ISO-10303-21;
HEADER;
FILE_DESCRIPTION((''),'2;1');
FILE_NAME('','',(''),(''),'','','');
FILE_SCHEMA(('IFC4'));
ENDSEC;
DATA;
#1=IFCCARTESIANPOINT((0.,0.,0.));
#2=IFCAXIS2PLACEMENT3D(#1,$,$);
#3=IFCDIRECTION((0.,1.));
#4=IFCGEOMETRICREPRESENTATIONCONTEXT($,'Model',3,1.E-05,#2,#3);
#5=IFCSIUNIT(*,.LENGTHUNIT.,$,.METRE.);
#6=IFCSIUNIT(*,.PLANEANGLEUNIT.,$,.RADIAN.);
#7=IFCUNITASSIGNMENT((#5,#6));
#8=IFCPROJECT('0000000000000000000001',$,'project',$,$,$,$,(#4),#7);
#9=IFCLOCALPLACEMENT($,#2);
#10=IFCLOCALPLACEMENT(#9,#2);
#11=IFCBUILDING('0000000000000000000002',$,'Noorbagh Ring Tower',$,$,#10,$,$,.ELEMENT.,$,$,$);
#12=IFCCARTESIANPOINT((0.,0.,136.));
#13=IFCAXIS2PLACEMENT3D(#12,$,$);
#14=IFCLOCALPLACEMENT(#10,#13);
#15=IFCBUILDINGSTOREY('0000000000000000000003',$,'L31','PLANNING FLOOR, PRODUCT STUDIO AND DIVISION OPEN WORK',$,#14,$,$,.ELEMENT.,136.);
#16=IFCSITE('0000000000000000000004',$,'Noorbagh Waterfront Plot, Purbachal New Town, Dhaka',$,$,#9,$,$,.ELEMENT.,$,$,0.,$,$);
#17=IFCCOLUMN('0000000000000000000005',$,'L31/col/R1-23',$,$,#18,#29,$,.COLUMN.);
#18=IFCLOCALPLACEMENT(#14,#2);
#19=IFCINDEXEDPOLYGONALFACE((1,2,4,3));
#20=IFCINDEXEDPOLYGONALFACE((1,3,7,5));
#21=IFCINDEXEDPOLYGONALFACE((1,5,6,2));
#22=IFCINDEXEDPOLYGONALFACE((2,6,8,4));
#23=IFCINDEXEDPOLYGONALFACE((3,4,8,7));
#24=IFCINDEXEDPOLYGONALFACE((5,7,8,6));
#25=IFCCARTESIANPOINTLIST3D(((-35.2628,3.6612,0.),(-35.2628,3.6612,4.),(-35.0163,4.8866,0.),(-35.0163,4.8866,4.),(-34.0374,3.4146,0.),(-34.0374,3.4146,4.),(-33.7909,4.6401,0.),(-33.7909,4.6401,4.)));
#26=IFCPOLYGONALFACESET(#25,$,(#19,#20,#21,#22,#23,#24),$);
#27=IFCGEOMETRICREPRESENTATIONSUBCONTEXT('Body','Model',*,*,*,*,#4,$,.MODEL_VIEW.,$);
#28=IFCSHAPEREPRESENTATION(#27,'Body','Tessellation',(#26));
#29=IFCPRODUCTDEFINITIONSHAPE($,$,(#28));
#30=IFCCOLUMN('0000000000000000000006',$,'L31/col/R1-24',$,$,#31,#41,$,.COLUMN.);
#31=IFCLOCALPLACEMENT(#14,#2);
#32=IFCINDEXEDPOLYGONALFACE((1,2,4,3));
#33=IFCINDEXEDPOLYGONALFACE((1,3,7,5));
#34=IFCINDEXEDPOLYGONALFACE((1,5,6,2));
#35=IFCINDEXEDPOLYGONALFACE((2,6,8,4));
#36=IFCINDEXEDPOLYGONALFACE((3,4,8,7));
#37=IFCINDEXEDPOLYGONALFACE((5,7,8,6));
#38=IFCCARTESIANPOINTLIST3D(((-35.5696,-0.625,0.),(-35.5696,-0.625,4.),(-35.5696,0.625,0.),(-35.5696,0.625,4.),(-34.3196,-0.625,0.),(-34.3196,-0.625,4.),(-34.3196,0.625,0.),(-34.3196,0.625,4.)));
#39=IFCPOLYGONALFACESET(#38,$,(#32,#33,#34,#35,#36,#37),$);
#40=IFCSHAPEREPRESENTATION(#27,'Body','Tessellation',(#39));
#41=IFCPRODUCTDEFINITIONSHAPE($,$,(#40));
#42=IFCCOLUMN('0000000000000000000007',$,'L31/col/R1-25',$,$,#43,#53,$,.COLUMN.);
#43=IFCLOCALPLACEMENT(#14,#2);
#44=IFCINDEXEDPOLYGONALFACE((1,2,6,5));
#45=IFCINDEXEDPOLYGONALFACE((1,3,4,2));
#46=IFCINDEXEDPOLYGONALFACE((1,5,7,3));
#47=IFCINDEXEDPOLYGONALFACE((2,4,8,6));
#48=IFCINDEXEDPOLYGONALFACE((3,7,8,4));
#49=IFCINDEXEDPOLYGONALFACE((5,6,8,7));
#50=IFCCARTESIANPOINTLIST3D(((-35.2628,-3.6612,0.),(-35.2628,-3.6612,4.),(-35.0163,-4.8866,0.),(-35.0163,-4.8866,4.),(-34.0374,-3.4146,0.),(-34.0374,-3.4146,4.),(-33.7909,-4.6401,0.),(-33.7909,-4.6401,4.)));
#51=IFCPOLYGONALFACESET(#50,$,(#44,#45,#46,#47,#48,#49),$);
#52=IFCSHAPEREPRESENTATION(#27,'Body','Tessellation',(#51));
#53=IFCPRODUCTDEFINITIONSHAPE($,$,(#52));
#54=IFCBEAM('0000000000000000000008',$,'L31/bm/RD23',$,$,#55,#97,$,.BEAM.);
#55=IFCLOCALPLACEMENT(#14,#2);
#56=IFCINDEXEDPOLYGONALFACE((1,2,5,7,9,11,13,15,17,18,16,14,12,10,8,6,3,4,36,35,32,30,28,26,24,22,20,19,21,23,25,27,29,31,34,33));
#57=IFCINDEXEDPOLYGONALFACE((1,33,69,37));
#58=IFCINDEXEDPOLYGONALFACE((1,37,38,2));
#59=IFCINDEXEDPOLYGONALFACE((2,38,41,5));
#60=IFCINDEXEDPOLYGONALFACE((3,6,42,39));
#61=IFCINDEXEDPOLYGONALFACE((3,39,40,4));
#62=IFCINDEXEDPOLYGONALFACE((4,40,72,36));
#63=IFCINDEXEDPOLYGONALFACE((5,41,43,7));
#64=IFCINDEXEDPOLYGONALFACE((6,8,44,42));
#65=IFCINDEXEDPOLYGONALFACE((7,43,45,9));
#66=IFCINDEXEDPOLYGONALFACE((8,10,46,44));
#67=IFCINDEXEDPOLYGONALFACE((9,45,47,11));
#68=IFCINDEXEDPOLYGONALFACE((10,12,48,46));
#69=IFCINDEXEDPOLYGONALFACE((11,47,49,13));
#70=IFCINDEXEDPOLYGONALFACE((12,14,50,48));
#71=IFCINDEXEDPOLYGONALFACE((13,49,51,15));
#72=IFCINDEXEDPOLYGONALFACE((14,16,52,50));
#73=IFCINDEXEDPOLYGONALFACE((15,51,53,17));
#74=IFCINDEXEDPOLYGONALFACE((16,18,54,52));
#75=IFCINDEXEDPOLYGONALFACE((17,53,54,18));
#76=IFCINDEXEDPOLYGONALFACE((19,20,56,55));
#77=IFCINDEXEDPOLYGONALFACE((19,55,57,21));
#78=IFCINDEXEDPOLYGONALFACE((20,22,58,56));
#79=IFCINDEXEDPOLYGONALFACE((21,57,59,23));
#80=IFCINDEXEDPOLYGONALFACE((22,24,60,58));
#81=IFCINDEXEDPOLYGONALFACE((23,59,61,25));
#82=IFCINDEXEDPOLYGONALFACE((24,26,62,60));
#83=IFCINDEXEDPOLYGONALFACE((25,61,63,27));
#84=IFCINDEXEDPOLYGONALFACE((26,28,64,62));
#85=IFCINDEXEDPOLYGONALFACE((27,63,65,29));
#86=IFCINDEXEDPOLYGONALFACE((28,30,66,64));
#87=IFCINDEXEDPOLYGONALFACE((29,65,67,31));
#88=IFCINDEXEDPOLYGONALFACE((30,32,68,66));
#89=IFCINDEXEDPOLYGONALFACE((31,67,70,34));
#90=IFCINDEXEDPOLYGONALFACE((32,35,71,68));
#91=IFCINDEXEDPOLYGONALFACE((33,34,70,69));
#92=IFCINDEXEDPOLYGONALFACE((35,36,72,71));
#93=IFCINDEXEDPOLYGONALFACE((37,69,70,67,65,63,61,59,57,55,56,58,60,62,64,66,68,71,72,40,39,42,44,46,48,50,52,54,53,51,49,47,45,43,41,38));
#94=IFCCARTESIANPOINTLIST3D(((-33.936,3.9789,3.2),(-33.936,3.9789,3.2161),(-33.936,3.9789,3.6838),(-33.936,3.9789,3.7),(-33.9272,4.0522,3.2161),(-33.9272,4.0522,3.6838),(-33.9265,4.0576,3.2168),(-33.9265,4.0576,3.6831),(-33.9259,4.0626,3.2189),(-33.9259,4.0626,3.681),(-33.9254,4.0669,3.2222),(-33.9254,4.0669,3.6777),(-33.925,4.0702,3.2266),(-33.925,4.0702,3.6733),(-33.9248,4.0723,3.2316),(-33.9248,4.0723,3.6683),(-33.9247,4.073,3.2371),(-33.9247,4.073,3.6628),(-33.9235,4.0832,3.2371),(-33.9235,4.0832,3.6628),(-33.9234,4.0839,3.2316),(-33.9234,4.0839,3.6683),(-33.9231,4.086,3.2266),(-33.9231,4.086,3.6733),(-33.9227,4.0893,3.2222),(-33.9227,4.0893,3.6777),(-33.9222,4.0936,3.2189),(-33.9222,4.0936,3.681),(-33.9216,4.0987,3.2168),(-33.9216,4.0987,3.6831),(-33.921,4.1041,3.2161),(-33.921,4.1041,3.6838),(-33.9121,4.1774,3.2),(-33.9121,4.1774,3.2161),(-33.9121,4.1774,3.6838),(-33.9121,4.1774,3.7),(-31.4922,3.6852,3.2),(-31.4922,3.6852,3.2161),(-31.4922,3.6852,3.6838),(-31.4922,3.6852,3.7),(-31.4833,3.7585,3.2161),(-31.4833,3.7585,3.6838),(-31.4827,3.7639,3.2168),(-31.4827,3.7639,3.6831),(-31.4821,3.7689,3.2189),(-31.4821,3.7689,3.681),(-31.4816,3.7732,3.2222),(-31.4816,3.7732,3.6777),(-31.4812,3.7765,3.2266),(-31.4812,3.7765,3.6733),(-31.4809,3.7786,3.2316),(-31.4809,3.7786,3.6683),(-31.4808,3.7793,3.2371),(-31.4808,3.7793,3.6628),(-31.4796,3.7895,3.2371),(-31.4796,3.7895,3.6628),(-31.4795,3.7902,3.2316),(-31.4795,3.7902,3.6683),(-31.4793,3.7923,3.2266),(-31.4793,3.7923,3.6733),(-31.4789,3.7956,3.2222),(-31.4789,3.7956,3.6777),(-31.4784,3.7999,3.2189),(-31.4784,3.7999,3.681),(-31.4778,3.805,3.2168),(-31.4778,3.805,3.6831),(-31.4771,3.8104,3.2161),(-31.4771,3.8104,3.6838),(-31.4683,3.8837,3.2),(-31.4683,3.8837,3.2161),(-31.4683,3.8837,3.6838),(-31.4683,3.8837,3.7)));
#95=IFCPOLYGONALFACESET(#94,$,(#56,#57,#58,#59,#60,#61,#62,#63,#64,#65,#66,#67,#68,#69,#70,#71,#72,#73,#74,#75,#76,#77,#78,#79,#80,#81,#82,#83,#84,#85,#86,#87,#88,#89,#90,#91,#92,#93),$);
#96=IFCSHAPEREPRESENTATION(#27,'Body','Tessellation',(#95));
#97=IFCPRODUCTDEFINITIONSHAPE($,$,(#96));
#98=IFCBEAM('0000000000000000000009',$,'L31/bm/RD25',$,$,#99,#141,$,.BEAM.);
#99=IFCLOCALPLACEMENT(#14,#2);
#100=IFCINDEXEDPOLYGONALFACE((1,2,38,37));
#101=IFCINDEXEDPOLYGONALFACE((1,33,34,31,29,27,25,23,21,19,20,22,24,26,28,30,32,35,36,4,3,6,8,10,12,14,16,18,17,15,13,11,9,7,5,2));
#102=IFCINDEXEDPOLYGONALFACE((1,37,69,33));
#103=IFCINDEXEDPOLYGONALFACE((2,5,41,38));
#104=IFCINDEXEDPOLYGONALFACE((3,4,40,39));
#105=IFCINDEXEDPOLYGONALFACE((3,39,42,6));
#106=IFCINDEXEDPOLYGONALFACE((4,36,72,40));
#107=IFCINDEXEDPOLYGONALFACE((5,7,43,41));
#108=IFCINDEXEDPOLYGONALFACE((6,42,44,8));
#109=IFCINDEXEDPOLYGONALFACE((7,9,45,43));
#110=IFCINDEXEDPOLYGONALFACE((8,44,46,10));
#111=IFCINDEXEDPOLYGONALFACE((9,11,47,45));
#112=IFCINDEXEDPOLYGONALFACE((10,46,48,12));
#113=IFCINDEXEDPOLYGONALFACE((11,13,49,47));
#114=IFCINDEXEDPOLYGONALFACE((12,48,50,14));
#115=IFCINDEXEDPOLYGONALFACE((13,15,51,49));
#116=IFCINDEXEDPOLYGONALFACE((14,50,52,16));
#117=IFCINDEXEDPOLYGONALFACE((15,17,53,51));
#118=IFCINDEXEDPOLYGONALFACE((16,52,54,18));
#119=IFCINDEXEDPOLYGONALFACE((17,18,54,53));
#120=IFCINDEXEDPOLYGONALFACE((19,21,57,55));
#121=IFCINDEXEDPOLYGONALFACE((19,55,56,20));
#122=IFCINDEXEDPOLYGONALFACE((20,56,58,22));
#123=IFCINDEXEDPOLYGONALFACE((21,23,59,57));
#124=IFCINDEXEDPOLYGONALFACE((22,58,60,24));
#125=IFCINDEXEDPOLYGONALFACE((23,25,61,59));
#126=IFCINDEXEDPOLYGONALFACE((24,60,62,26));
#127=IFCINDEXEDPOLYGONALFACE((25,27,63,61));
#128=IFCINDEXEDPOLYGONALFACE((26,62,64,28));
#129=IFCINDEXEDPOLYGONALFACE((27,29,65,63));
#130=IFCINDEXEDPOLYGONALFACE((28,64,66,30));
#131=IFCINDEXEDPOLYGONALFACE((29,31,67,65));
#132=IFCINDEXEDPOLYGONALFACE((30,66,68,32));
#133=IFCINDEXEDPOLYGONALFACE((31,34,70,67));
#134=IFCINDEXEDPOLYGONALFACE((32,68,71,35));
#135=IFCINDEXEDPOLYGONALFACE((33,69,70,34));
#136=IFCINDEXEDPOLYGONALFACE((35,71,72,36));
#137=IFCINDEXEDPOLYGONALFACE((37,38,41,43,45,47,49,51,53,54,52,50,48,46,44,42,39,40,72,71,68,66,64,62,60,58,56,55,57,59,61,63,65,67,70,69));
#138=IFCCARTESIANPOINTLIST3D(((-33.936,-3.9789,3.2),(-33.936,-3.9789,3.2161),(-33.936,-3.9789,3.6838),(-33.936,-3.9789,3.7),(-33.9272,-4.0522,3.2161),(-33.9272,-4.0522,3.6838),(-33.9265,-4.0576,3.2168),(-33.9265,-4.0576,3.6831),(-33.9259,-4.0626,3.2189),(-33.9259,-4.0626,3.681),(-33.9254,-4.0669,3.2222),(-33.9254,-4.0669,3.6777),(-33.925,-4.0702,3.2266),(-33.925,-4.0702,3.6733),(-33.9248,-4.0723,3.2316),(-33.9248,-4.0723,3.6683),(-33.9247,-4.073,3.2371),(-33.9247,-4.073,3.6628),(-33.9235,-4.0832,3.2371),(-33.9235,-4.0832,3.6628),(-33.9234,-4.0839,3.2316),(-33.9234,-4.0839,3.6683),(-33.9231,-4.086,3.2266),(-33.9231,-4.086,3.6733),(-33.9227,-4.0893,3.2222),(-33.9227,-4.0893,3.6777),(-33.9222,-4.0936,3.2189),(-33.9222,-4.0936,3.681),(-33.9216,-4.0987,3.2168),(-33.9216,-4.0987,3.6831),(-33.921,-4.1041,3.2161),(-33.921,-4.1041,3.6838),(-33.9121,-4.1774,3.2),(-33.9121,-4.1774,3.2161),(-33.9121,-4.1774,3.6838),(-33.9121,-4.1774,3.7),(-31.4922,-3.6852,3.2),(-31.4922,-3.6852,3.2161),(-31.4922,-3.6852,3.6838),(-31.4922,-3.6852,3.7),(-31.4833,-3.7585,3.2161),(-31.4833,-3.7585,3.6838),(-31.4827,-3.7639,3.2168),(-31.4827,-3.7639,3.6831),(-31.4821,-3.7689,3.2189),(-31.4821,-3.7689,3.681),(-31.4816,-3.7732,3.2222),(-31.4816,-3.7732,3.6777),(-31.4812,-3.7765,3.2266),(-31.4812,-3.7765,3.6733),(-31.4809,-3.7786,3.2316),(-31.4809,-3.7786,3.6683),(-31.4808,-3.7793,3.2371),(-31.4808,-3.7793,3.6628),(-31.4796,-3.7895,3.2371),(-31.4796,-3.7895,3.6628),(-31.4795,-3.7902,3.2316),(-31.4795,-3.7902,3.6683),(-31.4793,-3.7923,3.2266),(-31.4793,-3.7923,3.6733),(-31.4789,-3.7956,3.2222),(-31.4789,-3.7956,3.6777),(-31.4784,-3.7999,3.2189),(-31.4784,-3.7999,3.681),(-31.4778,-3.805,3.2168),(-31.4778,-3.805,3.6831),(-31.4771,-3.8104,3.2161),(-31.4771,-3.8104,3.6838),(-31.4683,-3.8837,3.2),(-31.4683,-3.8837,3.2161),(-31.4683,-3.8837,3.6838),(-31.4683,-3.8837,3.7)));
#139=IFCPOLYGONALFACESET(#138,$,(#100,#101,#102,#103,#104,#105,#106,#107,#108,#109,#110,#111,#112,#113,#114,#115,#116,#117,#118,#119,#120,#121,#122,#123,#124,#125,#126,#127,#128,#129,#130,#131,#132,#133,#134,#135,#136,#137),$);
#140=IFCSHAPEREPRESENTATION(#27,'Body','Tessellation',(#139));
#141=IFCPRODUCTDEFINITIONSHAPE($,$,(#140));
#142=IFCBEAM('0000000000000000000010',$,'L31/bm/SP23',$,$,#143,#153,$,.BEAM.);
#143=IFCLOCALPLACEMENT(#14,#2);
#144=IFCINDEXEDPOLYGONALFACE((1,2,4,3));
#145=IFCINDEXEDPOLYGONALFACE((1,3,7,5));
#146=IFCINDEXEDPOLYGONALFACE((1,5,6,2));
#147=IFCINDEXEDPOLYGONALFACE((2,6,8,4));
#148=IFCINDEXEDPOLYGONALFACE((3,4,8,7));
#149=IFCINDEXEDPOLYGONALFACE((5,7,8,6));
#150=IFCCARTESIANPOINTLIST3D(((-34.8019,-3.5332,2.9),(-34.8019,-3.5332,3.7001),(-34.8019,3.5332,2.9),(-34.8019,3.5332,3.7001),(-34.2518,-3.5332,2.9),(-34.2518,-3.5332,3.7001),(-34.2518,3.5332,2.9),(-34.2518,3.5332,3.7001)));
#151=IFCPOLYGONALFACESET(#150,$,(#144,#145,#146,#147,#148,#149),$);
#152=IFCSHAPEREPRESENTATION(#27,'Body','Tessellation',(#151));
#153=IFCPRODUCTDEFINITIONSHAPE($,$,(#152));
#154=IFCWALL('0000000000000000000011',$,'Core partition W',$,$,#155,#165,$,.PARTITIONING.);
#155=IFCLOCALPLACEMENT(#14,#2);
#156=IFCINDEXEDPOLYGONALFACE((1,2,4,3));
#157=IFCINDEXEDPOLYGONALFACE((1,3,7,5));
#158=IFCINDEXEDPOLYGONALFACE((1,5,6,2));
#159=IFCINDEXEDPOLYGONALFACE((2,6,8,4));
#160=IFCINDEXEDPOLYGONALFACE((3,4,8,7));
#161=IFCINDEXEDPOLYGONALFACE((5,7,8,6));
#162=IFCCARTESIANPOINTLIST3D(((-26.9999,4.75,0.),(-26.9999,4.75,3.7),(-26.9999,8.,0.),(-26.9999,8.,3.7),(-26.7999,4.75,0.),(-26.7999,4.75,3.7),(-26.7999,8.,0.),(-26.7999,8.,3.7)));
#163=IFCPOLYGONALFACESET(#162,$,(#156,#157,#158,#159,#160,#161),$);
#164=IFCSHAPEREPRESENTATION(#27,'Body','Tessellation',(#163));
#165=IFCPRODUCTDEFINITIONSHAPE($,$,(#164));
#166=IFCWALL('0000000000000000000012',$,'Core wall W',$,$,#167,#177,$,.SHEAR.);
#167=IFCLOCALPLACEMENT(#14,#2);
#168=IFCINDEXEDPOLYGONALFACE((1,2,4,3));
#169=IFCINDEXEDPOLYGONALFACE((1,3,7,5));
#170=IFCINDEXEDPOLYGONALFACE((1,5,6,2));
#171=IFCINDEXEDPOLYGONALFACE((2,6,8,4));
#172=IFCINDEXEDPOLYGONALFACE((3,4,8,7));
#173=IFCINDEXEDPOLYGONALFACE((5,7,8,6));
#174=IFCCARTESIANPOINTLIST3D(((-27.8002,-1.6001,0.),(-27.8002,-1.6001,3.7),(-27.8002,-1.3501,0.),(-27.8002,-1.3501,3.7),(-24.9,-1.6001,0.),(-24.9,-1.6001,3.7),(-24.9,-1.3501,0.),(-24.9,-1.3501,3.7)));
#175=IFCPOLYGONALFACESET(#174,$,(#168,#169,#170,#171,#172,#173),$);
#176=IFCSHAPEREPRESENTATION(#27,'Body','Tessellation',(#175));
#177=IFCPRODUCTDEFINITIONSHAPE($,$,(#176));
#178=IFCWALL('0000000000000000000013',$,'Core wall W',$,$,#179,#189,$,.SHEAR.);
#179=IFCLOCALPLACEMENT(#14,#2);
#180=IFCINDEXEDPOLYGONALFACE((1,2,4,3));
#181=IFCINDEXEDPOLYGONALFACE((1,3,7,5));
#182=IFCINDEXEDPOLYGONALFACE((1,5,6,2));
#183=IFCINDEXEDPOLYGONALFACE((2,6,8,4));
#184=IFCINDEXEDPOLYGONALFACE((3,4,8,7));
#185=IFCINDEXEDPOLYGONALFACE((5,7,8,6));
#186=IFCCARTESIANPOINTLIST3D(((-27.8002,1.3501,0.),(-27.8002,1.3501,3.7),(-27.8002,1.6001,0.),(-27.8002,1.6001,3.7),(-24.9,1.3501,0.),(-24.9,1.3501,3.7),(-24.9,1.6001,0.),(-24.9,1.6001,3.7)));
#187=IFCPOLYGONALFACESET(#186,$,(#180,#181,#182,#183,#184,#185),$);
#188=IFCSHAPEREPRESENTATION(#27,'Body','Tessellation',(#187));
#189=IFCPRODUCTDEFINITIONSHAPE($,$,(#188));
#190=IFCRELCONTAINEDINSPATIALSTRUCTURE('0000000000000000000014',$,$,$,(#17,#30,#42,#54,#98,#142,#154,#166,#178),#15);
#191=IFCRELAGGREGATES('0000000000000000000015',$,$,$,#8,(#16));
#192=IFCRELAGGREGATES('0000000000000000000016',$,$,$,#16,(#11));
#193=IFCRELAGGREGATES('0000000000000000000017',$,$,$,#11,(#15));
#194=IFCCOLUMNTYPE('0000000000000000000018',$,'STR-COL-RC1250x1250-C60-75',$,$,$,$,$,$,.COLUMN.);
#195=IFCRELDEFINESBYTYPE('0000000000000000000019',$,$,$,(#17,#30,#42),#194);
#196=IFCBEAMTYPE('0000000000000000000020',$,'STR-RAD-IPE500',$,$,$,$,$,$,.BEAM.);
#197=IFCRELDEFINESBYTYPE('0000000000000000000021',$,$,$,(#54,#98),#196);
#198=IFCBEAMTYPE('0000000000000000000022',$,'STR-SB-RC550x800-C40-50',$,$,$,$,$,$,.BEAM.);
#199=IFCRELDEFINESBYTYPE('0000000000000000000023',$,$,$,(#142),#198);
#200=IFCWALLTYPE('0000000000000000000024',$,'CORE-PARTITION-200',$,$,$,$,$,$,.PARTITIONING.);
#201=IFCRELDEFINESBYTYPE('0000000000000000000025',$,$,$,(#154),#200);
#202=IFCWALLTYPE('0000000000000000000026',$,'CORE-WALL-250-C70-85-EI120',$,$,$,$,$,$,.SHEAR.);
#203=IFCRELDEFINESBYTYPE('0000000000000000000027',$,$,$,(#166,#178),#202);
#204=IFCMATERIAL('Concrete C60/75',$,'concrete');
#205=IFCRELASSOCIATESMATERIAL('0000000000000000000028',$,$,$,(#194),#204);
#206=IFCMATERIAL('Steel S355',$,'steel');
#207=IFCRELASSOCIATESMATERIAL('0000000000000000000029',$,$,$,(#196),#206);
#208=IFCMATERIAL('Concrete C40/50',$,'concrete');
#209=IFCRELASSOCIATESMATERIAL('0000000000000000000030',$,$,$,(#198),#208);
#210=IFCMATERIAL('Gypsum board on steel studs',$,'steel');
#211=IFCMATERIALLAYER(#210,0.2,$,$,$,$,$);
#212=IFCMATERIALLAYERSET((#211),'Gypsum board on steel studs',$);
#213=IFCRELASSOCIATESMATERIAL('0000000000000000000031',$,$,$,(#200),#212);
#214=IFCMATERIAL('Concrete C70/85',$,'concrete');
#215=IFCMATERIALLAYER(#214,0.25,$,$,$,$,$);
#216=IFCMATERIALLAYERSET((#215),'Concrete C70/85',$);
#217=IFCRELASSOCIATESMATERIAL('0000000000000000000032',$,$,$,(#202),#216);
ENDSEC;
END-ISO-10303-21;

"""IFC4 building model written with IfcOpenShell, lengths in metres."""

from ifc_helpers import new_model, si_unit, direction, frame, frame_2d, origin, origin_2d, place, context, subcontext, project, spatial, rectangle, i_section, extrude, material, layer, layer_set, material_profile, profile_set, type_object, element, save


model = new_model("IFC4")

# Units and contexts
model_context = context("Model", 3, precision=1e-05, world=origin(), true_north=direction((0.0, 1.0)))
body_context = subcontext(model_context, "Body", "Model", "MODEL_VIEW")
ifc_project = project(units=[si_unit("LENGTHUNIT", "METRE"), si_unit("PLANEANGLEUNIT", "RADIAN")], contexts=[model_context])

# Site, building, storey
site_placement = place(None, origin())
site = spatial("IfcSite", under=ifc_project, at=site_placement, Name="Noorbagh Waterfront Plot, Purbachal New Town, Dhaka", CompositionType="ELEMENT", RefElevation=0.0)
building_placement = place(site_placement, origin())
building = spatial("IfcBuilding", under=site, at=building_placement, Name="Noorbagh Ring Tower", CompositionType="ELEMENT")
storey_placement = place(building_placement, frame((0.0, 0.0, 136.0)))
storey = spatial("IfcBuildingStorey", under=building, at=storey_placement, Name="L31", Description="PLANNING FLOOR, PRODUCT STUDIO AND DIVISION OPEN WORK", CompositionType="ELEMENT", Elevation=136.0)

# Columns
ifc_material_1 = material(Name="Concrete C60/75", Category="concrete")
ifc_material_profile_1 = material_profile(ifc_material_1, rectangle(XDim=1.25, YDim=1.25, at=origin_2d()), Name="RC1250x1250")
ifc_profile_set_1 = profile_set([ifc_material_profile_1], Name="Concrete C60/75")
column_type = type_object("IfcColumnType", Name="STR-COL-RC1250x1250-C60-75", PredefinedType="COLUMN", material=ifc_profile_set_1)
for number, where, z_axis, x_axis, name in (
    (1, (-34.5269, 4.1506, 0.0), (0.0, 0.0, 1.0), (-0.19723, -0.980357, 0.0), "L31/col/R1-23"),
    (2, (-34.9446, 0.0, 0.0), (0.0, 0.0, 1.0), (0.0, -1.0, 0.0), "L31/col/R1-24"),
    (3, (-34.5269, -4.1506, 0.0), (0.0, 0.0, 1.0), (0.19723, -0.980357, 0.0), "L31/col/R1-25"),
):
    element("IfcColumn", number, at=place(storey_placement, frame(where, z_axis=z_axis, x_axis=x_axis)), inside=storey, type_object=column_type, Name=name, PredefinedType="COLUMN", context=body_context, shape_type="SweptSolid", body=[
        extrude(rectangle(XDim=1.25, YDim=1.25, at=origin_2d()), origin(), (0.0, 0.0, 1.0), 4.0),
    ])

# Beams
ifc_material_2 = material(Name="Steel S355", Category="steel")
ifc_material_profile_2 = material_profile(ifc_material_2, i_section(OverallWidth=0.2, OverallDepth=0.5, WebThickness=0.0103, FlangeThickness=0.0161, FilletRadius=0.021, at=origin_2d()), Name="IPE500")
ifc_profile_set_2 = profile_set([ifc_material_profile_2], Name="Steel S355")
beam_type_1 = type_object("IfcBeamType", Name="STR-RAD-IPE500", PredefinedType="BEAM", material=ifc_profile_set_2)
for number, where, z_axis, x_axis, name in (
    (4, (-33.9241, 4.0781, 3.45), (0.992856, -0.119321, 0.0), (0.119321, 0.992856, 0.0), "L31/bm/RD23"),
    (5, (-33.9241, -4.0781, 3.45), (0.992856, 0.119321, 0.0), (-0.119321, 0.992856, 0.0), "L31/bm/RD25"),
):
    element("IfcBeam", number, at=place(storey_placement, frame(where, z_axis=z_axis, x_axis=x_axis)), inside=storey, type_object=beam_type_1, Name=name, PredefinedType="BEAM", context=body_context, shape_type="SweptSolid", body=[
        extrude(i_section(OverallWidth=0.2, OverallDepth=0.5, WebThickness=0.0103, FlangeThickness=0.0161, FilletRadius=0.021, at=origin_2d()), origin(), (0.0, 0.0, 1.0), 2.4614),
    ])
ifc_material_3 = material(Name="Concrete C40/50", Category="concrete")
ifc_material_profile_3 = material_profile(ifc_material_3, rectangle(XDim=0.55, YDim=0.8, at=origin_2d()), Name="RC550x800")
ifc_profile_set_3 = profile_set([ifc_material_profile_3], Name="Concrete C40/50")
beam_type_2 = type_object("IfcBeamType", Name="STR-SB-RC550x800-C40-50", PredefinedType="BEAM", material=ifc_profile_set_3)
beam_placement = place(storey_placement, frame((-34.5269, 3.5332, 3.3), z_axis=(0.0, -1.0, 0.0), x_axis=(1.0, 0.0, 0.0)))
element("IfcBeam", 6, at=beam_placement, inside=storey, type_object=beam_type_2, Name="L31/bm/SP23", PredefinedType="BEAM", context=body_context, shape_type="SweptSolid", body=[
    extrude(rectangle(XDim=0.55, YDim=0.8, at=origin_2d()), origin(), (0.0, 0.0, 1.0), 7.0664),
])

# Walls
ifc_material_4 = material(Name="Gypsum board on steel studs", Category="steel")
ifc_layer_1 = layer(ifc_material_4, 0.2)
ifc_layer_set_1 = layer_set([ifc_layer_1], Name="Gypsum board on steel studs")
wall_type_1 = type_object("IfcWallType", Name="CORE-PARTITION-200", PredefinedType="PARTITIONING", material=ifc_layer_set_1)
wall_1_placement = place(storey_placement, frame((-26.8999, 4.75, 0.0), z_axis=(0.0, 0.0, 1.0), x_axis=(0.0, 1.0, 0.0)))
element("IfcWall", 7, at=wall_1_placement, inside=storey, type_object=wall_type_1, Name="Core partition W", PredefinedType="PARTITIONING", context=body_context, shape_type="SweptSolid", body=[
    extrude(rectangle(XDim=3.25, YDim=0.2, at=frame_2d((1.625, 0.0))), origin(), (0.0, 0.0, 1.0), 3.7),
])
ifc_material_5 = material(Name="Concrete C70/85", Category="concrete")
ifc_layer_2 = layer(ifc_material_5, 0.25)
ifc_layer_set_2 = layer_set([ifc_layer_2], Name="Concrete C70/85")
wall_type_2 = type_object("IfcWallType", Name="CORE-WALL-250-C70-85-EI120", PredefinedType="SHEAR", material=ifc_layer_set_2)
for number, where, z_axis, x_axis, name in (
    (8, (-24.8999, -1.4751, 0.0), (0.0, 0.0, 1.0), (-1.0, 0.0, 0.0), "Core wall W"),
    (9, (-24.8999, 1.4751, 0.0), (0.0, 0.0, 1.0), (-1.0, 0.0, 0.0), "Core wall W"),
):
    element("IfcWall", number, at=place(storey_placement, frame(where, z_axis=z_axis, x_axis=x_axis)), inside=storey, type_object=wall_type_2, Name=name, PredefinedType="SHEAR", context=body_context, shape_type="SweptSolid", body=[
        extrude(rectangle(XDim=2.9001, YDim=0.25, at=frame_2d((1.4502, 0.0))), origin(), (0.0, 0.0, 1.0), 3.7),
    ])

save(model, "model.ifc")
